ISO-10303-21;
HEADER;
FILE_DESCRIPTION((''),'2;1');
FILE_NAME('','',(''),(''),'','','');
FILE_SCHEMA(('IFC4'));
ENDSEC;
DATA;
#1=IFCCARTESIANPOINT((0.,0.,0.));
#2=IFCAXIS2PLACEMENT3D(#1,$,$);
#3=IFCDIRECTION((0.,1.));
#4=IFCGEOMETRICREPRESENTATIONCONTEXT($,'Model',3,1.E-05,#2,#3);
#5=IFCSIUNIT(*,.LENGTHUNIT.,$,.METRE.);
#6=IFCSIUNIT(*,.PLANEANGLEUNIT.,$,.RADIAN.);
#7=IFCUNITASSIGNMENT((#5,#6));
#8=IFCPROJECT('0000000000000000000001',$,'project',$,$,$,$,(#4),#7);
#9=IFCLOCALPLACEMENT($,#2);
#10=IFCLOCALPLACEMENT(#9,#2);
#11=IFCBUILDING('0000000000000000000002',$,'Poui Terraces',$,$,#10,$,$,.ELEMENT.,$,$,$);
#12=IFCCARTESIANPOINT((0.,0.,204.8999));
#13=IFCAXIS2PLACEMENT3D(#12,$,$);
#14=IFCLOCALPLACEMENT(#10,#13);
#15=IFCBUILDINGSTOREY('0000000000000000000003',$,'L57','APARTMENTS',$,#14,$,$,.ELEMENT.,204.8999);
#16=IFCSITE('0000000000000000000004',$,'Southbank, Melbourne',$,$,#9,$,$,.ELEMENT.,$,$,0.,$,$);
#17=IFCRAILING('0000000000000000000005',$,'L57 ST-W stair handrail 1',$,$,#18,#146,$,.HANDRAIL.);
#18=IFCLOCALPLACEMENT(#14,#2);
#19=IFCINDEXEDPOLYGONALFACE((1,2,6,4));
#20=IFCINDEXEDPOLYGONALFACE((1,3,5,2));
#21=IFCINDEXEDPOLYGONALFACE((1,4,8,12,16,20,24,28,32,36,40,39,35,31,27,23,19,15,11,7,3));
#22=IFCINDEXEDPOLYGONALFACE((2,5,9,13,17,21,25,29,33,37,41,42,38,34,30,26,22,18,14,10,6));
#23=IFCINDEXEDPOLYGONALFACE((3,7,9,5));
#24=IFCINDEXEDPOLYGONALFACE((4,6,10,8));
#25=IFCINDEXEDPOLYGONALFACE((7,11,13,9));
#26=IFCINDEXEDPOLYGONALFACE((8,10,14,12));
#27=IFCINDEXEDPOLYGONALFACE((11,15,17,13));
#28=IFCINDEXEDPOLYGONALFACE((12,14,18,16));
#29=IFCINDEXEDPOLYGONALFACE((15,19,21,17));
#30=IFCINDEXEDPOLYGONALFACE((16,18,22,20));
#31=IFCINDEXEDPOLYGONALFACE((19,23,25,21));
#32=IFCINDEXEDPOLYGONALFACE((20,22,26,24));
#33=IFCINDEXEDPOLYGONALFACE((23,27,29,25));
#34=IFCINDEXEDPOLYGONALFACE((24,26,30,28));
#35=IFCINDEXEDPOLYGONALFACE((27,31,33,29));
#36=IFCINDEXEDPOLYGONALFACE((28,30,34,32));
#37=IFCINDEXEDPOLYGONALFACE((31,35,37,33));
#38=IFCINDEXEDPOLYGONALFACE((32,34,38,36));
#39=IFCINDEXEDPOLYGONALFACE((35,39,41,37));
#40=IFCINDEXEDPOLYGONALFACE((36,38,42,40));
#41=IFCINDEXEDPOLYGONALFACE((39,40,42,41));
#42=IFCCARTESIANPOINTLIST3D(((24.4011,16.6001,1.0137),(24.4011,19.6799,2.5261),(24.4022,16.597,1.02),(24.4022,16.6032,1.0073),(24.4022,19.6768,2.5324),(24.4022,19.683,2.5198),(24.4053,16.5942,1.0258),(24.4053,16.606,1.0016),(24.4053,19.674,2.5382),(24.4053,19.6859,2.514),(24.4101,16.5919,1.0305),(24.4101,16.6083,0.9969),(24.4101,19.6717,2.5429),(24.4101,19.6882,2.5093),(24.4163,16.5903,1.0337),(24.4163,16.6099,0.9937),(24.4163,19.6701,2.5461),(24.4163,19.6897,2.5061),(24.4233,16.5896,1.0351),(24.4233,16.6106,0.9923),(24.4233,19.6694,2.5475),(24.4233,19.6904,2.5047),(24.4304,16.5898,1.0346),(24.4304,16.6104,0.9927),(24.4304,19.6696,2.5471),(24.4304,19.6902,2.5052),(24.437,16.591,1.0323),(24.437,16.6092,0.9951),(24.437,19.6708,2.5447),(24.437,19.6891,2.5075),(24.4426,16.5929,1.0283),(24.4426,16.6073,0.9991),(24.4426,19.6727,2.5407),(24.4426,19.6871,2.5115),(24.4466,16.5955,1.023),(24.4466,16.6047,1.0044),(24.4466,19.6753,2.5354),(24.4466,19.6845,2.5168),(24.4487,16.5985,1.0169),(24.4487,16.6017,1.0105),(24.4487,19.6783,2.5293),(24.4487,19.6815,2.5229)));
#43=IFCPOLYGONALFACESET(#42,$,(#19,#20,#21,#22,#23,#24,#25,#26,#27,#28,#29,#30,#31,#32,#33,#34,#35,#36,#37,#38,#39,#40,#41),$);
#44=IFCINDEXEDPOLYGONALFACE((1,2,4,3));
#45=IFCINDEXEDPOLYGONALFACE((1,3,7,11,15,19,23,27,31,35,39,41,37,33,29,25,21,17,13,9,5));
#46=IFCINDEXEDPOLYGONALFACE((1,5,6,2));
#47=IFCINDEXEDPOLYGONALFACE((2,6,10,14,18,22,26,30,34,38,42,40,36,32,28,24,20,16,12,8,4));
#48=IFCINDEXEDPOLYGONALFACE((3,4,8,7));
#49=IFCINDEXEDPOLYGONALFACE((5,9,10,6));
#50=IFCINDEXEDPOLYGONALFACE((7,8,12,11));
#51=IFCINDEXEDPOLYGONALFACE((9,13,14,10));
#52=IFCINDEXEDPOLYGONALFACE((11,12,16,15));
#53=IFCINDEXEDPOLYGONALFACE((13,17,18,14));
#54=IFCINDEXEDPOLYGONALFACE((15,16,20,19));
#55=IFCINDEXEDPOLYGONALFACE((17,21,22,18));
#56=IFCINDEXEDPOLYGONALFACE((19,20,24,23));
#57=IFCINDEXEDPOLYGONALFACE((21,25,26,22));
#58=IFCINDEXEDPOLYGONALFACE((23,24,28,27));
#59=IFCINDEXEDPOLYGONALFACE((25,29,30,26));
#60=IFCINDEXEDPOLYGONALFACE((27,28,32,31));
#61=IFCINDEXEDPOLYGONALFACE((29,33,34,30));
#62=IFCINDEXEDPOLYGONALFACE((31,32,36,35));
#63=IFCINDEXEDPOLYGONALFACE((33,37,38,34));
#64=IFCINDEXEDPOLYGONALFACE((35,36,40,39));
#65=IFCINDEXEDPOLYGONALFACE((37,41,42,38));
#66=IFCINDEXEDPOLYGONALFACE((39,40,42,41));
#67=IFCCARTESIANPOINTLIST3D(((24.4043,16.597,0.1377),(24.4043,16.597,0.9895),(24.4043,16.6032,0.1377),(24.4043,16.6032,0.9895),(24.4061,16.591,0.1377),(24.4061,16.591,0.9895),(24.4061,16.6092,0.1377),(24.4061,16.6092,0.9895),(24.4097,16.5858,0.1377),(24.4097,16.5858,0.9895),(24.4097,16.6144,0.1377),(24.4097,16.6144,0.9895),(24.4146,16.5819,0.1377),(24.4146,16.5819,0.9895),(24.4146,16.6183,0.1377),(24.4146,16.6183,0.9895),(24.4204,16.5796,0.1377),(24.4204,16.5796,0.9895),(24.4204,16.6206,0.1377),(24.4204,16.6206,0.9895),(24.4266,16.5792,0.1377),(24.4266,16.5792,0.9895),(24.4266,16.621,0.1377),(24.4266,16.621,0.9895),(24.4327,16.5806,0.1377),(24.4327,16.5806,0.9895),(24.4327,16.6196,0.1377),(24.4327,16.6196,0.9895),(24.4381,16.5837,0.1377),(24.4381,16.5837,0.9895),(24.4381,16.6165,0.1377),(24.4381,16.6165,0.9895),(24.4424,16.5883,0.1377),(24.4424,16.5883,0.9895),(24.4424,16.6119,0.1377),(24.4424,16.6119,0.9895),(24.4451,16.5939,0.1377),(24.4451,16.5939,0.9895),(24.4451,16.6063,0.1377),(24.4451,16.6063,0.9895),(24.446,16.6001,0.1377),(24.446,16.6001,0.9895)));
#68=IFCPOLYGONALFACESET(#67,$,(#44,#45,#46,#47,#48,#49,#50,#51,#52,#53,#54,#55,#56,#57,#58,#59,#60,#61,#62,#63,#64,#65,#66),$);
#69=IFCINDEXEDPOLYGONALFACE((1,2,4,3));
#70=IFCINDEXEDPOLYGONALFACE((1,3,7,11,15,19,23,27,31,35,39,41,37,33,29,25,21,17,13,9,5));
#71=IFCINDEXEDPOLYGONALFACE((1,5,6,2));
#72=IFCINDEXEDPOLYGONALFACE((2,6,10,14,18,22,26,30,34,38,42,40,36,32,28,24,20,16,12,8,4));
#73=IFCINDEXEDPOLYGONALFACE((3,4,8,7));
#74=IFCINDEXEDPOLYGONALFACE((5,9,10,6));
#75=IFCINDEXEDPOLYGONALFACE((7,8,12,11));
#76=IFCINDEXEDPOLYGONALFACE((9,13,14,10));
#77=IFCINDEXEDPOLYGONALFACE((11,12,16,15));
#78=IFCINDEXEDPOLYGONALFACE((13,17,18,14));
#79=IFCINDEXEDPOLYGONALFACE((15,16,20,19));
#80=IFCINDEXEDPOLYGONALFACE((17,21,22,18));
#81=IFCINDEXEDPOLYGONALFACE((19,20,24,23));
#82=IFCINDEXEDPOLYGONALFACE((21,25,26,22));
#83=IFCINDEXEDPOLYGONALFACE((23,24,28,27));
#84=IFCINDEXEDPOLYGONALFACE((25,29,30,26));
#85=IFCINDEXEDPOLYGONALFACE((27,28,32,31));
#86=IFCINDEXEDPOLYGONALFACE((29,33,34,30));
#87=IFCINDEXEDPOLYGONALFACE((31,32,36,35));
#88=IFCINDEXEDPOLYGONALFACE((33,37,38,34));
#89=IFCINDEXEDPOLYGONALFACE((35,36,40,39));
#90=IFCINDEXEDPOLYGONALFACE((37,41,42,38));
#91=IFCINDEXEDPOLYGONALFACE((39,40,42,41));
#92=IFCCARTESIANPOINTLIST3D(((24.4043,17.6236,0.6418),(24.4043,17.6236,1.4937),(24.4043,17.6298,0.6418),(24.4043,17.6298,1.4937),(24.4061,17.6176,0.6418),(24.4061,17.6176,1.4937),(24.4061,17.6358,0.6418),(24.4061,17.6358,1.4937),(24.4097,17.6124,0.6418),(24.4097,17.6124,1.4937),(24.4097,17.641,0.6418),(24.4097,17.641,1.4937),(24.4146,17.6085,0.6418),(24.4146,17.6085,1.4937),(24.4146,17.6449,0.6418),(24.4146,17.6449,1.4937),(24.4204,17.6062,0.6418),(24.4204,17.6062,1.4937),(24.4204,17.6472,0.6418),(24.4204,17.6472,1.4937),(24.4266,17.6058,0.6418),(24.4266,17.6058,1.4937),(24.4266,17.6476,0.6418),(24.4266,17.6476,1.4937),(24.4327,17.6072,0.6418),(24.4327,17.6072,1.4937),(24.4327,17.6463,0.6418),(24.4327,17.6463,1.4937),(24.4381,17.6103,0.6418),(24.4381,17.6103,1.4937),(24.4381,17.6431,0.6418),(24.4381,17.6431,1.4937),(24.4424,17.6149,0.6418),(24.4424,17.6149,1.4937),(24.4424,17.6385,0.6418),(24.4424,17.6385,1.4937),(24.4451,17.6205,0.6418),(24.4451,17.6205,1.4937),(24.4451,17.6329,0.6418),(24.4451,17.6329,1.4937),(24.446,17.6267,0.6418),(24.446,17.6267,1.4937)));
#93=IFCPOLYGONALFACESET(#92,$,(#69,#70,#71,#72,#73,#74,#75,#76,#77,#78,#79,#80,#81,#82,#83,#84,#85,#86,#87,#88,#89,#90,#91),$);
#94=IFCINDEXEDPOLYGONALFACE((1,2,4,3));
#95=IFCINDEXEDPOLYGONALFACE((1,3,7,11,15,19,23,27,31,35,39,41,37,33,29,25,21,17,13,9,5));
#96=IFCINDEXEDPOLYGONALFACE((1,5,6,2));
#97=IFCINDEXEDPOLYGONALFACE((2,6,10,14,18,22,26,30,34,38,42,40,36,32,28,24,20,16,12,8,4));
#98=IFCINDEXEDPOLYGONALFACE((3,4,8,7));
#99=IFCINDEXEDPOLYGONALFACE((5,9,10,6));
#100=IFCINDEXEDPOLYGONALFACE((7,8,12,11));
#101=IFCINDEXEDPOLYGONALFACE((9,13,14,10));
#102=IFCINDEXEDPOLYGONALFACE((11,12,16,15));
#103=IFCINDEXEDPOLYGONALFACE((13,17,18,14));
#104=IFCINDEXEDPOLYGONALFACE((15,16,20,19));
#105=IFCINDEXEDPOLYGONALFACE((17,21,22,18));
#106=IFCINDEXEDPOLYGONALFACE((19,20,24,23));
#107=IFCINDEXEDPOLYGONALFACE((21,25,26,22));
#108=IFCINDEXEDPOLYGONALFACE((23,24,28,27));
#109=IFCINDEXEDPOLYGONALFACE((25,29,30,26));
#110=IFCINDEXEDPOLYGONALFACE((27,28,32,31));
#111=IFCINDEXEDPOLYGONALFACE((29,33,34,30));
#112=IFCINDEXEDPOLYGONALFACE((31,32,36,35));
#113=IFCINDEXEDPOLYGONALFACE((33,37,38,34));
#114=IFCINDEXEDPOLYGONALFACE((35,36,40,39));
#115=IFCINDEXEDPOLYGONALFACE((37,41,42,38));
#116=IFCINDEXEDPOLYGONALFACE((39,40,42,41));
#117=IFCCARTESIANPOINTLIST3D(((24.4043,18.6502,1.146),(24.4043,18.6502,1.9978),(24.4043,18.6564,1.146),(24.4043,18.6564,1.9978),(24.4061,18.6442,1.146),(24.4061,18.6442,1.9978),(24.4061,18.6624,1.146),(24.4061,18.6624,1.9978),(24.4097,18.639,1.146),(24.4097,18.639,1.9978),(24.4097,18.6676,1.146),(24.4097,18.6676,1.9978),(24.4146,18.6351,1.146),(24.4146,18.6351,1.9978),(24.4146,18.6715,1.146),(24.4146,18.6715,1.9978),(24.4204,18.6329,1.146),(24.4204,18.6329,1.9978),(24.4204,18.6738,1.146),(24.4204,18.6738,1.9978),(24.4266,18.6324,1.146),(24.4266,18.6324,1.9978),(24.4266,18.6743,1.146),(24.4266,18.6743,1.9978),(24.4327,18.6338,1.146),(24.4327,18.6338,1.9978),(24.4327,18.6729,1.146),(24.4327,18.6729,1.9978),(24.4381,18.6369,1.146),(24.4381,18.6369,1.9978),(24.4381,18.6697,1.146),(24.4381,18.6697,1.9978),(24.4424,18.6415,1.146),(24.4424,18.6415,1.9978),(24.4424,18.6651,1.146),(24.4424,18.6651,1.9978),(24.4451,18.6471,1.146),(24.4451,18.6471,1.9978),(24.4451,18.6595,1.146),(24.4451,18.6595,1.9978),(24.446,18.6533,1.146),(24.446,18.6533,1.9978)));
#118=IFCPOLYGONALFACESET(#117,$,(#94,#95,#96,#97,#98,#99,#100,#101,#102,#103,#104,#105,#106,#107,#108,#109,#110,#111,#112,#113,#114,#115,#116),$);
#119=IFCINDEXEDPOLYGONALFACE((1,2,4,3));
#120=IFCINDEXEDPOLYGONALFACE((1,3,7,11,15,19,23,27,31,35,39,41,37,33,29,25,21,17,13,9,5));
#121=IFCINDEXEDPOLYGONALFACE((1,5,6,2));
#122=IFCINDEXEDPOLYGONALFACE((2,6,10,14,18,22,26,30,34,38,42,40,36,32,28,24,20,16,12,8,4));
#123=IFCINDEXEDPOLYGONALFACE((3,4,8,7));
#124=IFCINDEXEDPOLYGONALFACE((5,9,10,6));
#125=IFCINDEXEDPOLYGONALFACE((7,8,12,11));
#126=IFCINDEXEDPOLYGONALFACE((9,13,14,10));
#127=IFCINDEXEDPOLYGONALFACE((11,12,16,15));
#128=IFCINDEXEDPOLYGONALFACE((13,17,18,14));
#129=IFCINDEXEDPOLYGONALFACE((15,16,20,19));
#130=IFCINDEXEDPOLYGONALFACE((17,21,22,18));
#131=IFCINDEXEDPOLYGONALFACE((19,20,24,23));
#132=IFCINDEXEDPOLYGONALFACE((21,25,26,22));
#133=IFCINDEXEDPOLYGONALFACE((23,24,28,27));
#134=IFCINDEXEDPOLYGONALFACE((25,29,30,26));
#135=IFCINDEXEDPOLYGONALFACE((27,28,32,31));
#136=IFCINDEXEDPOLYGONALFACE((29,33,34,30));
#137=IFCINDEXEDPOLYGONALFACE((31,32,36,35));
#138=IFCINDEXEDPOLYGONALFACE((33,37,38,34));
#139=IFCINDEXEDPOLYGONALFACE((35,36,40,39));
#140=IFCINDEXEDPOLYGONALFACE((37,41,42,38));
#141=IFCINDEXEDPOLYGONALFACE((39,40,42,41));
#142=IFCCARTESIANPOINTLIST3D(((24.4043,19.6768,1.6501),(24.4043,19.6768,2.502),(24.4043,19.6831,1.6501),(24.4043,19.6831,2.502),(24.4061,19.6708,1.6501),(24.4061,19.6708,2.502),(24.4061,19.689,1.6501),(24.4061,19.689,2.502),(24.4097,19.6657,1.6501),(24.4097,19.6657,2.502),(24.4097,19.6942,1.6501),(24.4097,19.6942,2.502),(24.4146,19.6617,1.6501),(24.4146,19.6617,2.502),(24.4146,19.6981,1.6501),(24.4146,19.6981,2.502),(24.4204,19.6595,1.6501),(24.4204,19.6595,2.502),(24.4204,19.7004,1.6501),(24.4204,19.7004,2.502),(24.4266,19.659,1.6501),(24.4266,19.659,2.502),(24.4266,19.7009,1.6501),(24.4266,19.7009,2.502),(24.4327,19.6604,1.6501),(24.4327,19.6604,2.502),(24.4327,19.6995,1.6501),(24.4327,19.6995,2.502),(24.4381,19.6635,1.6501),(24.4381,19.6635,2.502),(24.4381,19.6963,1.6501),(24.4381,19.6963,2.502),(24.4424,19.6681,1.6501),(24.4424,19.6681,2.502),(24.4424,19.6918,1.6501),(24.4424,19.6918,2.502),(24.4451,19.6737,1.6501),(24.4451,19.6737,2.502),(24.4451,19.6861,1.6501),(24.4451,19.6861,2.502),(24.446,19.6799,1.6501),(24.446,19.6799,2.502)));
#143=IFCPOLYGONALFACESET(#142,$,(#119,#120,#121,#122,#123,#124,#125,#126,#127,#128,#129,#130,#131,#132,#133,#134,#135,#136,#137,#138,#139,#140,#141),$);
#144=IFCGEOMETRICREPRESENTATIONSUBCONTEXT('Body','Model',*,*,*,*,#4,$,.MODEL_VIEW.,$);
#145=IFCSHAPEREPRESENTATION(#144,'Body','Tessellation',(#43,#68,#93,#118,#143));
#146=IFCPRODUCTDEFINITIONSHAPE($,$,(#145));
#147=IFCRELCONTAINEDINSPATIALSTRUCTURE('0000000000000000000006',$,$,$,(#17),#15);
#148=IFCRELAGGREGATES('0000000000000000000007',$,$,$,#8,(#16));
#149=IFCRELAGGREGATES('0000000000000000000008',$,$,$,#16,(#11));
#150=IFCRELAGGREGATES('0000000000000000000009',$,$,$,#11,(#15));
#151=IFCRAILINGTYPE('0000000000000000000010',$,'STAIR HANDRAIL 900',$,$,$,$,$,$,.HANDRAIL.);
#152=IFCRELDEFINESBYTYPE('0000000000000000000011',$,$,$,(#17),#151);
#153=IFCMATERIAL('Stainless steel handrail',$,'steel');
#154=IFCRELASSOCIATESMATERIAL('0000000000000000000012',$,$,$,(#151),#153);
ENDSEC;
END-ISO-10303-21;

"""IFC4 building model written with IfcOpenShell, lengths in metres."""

from ifc_helpers import new_model, si_unit, direction, frame, origin, origin_2d, place, context, subcontext, project, spatial, circle, extrude, material, type_object, element, save


model = new_model("IFC4")

# Units and contexts
model_context = context("Model", 3, precision=1e-05, world=origin(), true_north=direction((0.0, 1.0)))
body_context = subcontext(model_context, "Body", "Model", "MODEL_VIEW")
ifc_project = project(units=[si_unit("LENGTHUNIT", "METRE"), si_unit("PLANEANGLEUNIT", "RADIAN")], contexts=[model_context])

# Site, building, storey
site_placement = place(None, origin())
site = spatial("IfcSite", under=ifc_project, at=site_placement, Name="Southbank, Melbourne", CompositionType="ELEMENT", RefElevation=0.0)
building_placement = place(site_placement, origin())
building = spatial("IfcBuilding", under=site, at=building_placement, Name="Poui Terraces", CompositionType="ELEMENT")
storey_placement = place(building_placement, frame((0.0, 0.0, 204.8999)))
storey = spatial("IfcBuildingStorey", under=building, at=storey_placement, Name="L57", Description="APARTMENTS", CompositionType="ELEMENT", Elevation=204.8999)

# Railing
ifc_material_1 = material(Name="Stainless steel handrail", Category="steel")
railing_type_1 = type_object("IfcRailingType", Name="STAIR HANDRAIL 900", PredefinedType="HANDRAIL", material=ifc_material_1)
railing_1_placement = place(storey_placement, frame((24.425, 16.6001, 0.1377)))
element("IfcRailing", 1, at=railing_1_placement, inside=storey, type_object=railing_type_1, Name="L57 ST-W stair handrail 1", PredefinedType="HANDRAIL", context=body_context, shape_type="SweptSolid", body=[
    extrude(circle(Radius=0.0239, at=origin_2d()), frame((0.0, 0.0, 0.876), z_axis=(0.0, 0.897606, 0.440798), x_axis=(-1.0, 0.0, 0.0)), (0.0, 0.0, 1.0), 3.4312),
    extrude(circle(Radius=0.021, at=origin_2d()), origin(), (0.0, 0.0, 1.0), 0.8518),
    extrude(circle(Radius=0.021, at=origin_2d()), frame((0.0, 1.0266, 0.5042)), (0.0, 0.0, 1.0), 0.8518),
    extrude(circle(Radius=0.021, at=origin_2d()), frame((0.0, 2.0532, 1.0083)), (0.0, 0.0, 1.0), 0.8518),
    extrude(circle(Radius=0.021, at=origin_2d()), frame((0.0, 3.0798, 1.5125)), (0.0, 0.0, 1.0), 0.8518),
])

save(model, "model.ifc")
